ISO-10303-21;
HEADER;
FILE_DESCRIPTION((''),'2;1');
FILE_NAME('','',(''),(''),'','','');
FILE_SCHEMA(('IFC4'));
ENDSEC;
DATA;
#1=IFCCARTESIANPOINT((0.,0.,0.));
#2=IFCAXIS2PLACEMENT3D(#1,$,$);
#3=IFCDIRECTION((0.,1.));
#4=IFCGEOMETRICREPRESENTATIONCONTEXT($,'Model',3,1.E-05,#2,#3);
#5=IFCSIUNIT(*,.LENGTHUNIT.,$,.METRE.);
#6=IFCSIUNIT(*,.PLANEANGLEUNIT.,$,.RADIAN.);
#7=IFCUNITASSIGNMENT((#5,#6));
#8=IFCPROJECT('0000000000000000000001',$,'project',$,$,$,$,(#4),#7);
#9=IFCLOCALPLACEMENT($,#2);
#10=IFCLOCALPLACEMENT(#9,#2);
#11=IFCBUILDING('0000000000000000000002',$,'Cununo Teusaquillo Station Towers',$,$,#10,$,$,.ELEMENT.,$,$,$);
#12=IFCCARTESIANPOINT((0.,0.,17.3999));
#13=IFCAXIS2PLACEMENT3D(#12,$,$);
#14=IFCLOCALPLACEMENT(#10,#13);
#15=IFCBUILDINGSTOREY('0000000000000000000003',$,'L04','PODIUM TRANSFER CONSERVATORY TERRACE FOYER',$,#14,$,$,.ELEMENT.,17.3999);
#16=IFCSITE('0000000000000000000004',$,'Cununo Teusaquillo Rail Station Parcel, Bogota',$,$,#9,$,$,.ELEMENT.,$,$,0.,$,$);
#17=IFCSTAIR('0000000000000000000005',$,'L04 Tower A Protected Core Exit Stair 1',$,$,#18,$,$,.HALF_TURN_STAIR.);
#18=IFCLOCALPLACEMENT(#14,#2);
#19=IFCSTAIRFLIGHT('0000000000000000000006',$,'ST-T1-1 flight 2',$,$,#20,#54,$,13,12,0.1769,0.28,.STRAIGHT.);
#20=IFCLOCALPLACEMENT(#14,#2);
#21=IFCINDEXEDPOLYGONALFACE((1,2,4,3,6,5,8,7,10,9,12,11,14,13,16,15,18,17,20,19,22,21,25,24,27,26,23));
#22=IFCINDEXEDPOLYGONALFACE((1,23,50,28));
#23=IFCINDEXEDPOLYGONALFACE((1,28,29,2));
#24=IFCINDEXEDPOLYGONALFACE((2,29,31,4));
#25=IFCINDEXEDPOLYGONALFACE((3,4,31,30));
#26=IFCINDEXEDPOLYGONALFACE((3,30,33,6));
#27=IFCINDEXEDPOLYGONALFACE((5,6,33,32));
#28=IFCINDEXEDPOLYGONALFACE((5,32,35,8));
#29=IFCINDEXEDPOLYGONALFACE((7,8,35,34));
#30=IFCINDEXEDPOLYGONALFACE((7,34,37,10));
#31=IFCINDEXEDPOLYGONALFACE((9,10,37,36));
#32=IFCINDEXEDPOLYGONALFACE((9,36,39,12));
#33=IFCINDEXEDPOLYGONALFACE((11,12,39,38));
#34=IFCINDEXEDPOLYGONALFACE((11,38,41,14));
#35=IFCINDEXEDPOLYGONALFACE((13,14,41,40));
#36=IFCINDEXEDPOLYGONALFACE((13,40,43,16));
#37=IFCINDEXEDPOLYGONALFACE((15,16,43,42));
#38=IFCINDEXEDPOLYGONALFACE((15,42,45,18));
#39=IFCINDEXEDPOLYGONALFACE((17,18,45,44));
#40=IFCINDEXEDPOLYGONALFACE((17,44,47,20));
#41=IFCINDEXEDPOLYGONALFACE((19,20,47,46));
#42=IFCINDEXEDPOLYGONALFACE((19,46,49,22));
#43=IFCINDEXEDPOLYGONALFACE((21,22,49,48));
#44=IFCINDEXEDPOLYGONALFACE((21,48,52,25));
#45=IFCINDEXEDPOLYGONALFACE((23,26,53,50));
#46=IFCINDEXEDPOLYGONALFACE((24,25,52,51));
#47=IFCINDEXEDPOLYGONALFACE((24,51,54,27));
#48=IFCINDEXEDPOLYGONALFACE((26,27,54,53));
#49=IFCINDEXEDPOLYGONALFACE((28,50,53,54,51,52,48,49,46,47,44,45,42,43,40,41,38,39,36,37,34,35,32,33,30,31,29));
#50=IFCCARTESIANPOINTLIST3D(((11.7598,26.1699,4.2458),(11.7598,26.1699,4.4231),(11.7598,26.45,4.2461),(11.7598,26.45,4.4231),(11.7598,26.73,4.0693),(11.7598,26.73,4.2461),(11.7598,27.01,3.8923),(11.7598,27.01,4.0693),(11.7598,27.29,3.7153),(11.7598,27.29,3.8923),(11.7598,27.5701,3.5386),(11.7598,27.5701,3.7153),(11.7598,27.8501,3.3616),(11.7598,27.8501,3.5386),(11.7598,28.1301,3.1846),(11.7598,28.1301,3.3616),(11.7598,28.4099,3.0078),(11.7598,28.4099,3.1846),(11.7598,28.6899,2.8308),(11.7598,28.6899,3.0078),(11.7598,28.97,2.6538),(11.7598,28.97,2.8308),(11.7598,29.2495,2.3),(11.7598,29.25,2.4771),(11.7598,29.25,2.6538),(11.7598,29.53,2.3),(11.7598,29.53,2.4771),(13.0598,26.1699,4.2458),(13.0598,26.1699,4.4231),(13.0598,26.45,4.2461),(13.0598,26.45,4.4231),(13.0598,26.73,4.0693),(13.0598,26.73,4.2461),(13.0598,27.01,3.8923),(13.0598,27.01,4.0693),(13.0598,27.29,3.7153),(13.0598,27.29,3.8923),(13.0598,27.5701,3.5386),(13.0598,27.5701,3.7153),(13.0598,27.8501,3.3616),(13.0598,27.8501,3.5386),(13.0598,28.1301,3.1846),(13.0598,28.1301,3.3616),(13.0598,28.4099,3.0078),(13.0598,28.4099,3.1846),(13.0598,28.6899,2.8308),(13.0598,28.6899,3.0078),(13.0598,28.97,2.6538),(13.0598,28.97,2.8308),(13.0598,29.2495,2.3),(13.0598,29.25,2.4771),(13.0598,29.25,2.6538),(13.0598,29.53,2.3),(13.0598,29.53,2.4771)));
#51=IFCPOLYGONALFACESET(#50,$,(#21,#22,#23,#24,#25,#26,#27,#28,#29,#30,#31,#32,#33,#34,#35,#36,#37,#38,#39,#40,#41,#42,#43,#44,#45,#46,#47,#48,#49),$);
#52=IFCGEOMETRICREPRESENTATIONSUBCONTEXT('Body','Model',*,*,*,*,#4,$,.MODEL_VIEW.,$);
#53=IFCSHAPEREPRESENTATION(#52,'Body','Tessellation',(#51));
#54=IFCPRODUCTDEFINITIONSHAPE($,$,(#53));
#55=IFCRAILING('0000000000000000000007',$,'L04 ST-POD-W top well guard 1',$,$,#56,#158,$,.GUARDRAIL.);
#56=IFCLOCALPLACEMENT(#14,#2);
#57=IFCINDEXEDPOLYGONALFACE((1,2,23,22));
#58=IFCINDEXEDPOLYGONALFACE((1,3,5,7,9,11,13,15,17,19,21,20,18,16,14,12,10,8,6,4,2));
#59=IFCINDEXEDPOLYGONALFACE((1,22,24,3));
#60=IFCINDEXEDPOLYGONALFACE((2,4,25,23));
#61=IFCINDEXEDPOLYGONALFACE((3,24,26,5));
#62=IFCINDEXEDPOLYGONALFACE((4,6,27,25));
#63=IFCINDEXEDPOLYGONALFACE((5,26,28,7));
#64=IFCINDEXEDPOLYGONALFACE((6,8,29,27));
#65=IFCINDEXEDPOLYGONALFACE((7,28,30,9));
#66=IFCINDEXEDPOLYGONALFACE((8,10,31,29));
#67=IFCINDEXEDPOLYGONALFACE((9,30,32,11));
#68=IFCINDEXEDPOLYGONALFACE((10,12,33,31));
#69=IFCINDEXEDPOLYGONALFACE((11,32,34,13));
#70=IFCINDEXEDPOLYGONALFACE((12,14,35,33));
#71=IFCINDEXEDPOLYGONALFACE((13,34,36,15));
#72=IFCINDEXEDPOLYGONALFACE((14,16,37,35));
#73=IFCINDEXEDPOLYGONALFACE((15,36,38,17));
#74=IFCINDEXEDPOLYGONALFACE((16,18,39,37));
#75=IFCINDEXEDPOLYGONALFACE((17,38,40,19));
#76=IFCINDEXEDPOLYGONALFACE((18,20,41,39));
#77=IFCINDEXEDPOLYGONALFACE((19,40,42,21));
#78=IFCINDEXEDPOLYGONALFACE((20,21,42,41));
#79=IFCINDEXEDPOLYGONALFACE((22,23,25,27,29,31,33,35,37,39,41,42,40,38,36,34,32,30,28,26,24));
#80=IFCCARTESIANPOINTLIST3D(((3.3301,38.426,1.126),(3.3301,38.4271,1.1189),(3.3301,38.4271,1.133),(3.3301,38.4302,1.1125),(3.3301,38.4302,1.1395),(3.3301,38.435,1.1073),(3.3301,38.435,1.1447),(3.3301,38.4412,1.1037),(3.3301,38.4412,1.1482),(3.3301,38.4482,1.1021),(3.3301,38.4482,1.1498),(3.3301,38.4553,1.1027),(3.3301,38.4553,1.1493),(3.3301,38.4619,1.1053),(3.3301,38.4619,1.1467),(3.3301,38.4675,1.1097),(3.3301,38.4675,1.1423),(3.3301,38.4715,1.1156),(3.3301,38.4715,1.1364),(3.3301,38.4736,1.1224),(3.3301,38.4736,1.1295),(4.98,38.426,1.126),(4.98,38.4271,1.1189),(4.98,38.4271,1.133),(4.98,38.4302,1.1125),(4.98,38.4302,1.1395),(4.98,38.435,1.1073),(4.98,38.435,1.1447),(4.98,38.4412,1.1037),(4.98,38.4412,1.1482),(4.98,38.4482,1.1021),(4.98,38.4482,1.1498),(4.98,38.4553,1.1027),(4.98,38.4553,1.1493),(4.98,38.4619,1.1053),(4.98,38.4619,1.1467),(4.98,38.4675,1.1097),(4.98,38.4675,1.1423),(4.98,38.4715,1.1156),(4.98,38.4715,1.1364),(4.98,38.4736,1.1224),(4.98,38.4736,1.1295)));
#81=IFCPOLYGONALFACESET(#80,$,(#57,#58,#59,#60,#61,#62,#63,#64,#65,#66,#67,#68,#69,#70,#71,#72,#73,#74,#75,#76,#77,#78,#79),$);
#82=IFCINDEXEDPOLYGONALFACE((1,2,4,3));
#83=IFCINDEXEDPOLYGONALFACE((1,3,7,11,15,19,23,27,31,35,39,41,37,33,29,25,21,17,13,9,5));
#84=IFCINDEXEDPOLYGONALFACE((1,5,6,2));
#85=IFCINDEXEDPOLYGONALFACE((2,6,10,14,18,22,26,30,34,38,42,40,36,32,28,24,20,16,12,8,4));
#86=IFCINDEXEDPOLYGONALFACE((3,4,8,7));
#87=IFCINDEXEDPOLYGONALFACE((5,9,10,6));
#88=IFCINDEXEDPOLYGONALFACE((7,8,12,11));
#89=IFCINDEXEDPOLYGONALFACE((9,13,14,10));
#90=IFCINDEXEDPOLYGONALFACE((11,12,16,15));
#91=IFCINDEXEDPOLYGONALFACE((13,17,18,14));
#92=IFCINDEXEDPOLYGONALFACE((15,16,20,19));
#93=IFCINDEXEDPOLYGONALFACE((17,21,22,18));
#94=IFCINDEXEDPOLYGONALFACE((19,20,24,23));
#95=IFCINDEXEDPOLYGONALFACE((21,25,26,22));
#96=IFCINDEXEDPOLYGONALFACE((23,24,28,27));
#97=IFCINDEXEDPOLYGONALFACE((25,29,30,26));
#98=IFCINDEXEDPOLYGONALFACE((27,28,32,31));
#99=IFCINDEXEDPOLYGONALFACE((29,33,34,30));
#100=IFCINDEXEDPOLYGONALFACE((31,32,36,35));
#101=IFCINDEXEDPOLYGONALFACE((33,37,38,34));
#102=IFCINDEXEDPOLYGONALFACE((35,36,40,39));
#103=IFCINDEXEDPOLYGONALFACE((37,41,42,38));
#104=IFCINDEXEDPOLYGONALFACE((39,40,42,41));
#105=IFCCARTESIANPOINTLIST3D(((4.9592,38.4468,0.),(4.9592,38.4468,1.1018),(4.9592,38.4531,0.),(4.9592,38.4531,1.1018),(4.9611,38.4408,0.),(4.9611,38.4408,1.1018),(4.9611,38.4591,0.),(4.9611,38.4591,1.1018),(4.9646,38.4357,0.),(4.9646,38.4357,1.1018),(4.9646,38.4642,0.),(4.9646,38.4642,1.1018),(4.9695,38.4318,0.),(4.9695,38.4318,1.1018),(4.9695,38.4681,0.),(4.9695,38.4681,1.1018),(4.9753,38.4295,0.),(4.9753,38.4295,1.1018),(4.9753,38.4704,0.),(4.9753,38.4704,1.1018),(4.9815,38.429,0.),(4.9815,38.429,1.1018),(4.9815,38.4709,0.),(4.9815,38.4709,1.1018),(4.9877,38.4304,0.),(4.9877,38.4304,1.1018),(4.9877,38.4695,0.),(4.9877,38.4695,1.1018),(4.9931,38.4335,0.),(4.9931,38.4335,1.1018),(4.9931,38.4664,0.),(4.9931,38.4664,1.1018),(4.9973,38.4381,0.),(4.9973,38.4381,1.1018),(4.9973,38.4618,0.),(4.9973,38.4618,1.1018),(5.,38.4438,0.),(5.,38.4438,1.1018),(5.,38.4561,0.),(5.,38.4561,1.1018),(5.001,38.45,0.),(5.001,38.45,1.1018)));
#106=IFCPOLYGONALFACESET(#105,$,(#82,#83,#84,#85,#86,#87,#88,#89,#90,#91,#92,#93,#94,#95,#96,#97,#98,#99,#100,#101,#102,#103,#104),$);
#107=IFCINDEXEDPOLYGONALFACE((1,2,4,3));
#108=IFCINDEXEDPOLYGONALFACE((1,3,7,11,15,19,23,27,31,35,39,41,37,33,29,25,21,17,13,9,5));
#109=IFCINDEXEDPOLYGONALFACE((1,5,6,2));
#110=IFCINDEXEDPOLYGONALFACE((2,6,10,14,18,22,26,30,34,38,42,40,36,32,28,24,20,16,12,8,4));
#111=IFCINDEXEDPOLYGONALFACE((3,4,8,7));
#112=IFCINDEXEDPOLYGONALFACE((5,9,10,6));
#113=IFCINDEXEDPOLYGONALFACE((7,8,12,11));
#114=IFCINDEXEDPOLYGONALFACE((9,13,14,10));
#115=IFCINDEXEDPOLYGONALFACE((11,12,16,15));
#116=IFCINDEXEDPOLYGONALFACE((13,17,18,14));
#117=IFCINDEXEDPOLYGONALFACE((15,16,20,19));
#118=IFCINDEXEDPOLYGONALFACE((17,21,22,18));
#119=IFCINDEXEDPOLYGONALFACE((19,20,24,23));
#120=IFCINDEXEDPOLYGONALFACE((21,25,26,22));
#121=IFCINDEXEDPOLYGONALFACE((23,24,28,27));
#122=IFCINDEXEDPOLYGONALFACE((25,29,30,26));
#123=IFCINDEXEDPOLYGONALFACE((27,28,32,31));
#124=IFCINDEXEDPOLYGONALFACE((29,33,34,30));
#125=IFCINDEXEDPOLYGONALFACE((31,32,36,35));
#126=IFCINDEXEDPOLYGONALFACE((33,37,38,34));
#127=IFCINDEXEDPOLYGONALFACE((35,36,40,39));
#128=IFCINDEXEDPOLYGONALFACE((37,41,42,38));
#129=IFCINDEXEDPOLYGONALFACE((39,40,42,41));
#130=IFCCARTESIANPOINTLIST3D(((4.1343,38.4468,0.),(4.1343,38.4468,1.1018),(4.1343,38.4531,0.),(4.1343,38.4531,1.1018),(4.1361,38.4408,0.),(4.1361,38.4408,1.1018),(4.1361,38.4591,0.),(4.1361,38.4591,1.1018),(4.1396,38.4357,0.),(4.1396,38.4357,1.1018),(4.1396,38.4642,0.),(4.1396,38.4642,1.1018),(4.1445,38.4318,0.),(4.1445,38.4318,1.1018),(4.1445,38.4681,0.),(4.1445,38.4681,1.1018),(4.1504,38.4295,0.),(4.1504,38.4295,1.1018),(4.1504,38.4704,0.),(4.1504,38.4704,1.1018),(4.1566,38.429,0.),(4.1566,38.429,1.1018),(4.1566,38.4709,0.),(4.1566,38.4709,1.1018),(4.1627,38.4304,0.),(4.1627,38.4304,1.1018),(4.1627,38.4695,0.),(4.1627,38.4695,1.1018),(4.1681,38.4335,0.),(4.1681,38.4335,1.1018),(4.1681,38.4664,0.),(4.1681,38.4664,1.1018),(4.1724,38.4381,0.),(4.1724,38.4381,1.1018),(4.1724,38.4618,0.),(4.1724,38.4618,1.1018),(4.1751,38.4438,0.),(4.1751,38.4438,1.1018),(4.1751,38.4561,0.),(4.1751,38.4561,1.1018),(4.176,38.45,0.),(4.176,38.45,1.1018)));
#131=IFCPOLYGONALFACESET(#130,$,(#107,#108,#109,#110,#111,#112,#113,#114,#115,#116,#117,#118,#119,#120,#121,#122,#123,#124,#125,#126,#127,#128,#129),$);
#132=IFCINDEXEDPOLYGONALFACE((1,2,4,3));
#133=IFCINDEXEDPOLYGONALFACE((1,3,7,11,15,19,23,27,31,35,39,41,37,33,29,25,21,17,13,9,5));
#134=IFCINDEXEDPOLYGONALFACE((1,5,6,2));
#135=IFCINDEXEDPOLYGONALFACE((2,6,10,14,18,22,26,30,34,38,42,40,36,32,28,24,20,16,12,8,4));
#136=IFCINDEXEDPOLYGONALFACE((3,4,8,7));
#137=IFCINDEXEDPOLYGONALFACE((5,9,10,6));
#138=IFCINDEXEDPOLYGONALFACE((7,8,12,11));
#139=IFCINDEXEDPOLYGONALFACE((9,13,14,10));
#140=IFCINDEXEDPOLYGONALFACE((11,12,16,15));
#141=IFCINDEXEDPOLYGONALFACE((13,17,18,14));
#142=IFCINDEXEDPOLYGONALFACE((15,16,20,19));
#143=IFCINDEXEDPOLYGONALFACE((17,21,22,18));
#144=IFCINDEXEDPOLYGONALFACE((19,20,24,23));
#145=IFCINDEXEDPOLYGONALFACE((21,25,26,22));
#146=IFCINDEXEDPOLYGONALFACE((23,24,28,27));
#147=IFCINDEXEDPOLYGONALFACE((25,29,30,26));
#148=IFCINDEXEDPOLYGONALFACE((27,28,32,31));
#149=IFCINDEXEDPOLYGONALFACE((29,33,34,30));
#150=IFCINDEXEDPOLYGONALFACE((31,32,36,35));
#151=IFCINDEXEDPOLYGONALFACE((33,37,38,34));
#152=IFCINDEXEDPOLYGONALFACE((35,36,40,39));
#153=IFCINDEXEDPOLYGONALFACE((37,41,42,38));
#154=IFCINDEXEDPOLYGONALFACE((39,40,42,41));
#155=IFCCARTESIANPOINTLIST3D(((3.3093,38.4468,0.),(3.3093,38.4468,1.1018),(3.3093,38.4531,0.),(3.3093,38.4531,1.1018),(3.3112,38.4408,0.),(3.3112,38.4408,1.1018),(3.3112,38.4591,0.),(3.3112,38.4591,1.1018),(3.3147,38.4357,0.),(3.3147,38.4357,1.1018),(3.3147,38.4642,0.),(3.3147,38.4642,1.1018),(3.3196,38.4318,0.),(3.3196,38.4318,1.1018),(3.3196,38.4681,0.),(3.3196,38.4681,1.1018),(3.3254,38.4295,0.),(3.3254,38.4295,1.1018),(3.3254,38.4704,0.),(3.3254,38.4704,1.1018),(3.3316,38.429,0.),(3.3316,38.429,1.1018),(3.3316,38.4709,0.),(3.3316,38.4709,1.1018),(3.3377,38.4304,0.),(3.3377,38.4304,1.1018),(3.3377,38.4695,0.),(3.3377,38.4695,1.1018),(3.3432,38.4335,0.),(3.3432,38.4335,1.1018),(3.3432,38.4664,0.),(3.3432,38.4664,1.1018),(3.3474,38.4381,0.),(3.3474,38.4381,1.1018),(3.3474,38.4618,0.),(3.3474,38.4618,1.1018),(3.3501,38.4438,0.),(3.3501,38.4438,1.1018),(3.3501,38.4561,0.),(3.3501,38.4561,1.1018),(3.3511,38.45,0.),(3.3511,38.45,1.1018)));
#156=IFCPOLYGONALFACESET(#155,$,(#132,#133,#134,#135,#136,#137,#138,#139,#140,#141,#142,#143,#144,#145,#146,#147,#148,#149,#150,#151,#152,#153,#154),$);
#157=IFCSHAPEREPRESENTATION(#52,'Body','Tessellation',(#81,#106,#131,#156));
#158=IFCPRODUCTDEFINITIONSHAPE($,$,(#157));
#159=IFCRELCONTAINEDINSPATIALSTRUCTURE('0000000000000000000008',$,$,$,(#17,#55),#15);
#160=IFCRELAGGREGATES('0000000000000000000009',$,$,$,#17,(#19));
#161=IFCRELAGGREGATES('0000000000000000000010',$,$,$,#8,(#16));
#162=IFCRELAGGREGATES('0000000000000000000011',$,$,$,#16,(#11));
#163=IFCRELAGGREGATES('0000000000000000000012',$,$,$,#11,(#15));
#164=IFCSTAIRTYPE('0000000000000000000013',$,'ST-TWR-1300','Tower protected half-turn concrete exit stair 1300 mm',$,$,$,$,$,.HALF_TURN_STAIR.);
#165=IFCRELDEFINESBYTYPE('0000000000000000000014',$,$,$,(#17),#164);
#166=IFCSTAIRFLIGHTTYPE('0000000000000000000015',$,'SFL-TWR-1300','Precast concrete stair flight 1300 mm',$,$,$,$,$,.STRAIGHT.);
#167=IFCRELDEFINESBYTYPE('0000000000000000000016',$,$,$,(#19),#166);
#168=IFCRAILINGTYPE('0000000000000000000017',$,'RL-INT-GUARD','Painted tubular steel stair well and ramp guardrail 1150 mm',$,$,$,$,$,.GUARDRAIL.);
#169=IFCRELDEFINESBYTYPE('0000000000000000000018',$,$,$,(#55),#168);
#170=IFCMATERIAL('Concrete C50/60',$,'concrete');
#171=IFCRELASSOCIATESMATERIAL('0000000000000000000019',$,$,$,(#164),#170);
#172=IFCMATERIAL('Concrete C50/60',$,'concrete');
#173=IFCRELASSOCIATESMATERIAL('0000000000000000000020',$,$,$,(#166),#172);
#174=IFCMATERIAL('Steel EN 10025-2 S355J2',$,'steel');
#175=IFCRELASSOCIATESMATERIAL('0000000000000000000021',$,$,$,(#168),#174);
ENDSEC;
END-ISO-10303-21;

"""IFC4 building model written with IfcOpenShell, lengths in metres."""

from ifc_helpers import new_model, si_unit, direction, frame, origin, origin_2d, place, context, subcontext, project, spatial, polyline, circle, outline, extrude, material, type_object, element, aggregate, save


model = new_model("IFC4")

# Units and contexts
model_context = context("Model", 3, precision=1e-05, world=origin(), true_north=direction((0.0, 1.0)))
body_context = subcontext(model_context, "Body", "Model", "MODEL_VIEW")
ifc_project = project(units=[si_unit("LENGTHUNIT", "METRE"), si_unit("PLANEANGLEUNIT", "RADIAN")], contexts=[model_context])

# Site, building, storey
site_placement = place(None, origin())
site = spatial("IfcSite", under=ifc_project, at=site_placement, Name="Cununo Teusaquillo Rail Station Parcel, Bogota", CompositionType="ELEMENT", RefElevation=0.0)
building_placement = place(site_placement, origin())
building = spatial("IfcBuilding", under=site, at=building_placement, Name="Cununo Teusaquillo Station Towers", CompositionType="ELEMENT")
storey_placement = place(building_placement, frame((0.0, 0.0, 17.3999)))
storey = spatial("IfcBuildingStorey", under=building, at=storey_placement, Name="L04", Description="PODIUM TRANSFER CONSERVATORY TERRACE FOYER", CompositionType="ELEMENT", Elevation=17.3999)

# Stair, stair flight
ifc_material_1 = material(Name="Concrete C50/60", Category="concrete")
stair_type = type_object("IfcStairType", Name="ST-TWR-1300", Description="Tower protected half-turn concrete exit stair 1300 mm", PredefinedType="HALF_TURN_STAIR", material=ifc_material_1)
stair_placement = place(storey_placement, origin())
stair = element("IfcStair", 1, at=stair_placement, inside=storey, type_object=stair_type, Name="L04 Tower A Protected Core Exit Stair 1", PredefinedType="HALF_TURN_STAIR")
ifc_material_2 = material(Name="Concrete C50/60", Category="concrete")
stair_flight_type = type_object("IfcStairFlightType", Name="SFL-TWR-1300", Description="Precast concrete stair flight 1300 mm", PredefinedType="STRAIGHT", material=ifc_material_2)
stair_flight_placement = place(storey_placement, frame((12.4099, 29.53, 2.3), z_axis=(0.0, 0.0, 1.0), x_axis=(0.0, -1.0, 0.0)))
stair_flight = element("IfcStairFlight", 2, at=stair_flight_placement, type_object=stair_flight_type, Name="ST-T1-1 flight 2", NumberOfRisers=13, NumberOfTreads=12, PredefinedType="STRAIGHT", RiserHeight=0.1769, TreadLength=0.28, context=body_context, shape_type="SweptSolid", body=[
    extrude(outline(polyline([(0.0, 0.0), (0.0, 0.177), (0.28, 0.177), (0.28, 0.3538), (0.5601, 0.3538), (0.5601, 0.5308), (0.8401, 0.5308), (0.8401, 0.7078), (1.1201, 0.7078), (1.1201, 0.8845), (1.3999, 0.8845), (1.3999, 1.0615), (1.6799, 1.0615), (1.6799, 1.2385), (1.96, 1.2385), (1.96, 1.4153), (2.24, 1.4153), (2.24, 1.5923), (2.52, 1.5923), (2.52, 1.7693), (2.8, 1.7693), (2.8, 1.946), (3.0801, 1.946), (3.0801, 2.123), (3.3601, 2.123), (3.3601, 2.3), (3.3601, 1.9458), (0.2805, 0.0), (0.0, 0.0)])), frame((0.0, 0.6499, 0.0), z_axis=(0.0, -1.0, 0.0), x_axis=(1.0, 0.0, 0.0)), (0.0, 0.0, 1.0), 1.3),
])
aggregate(stair, [stair_flight])

# Railing
ifc_material_3 = material(Name="Steel EN 10025-2 S355J2", Category="steel")
railing_type_1 = type_object("IfcRailingType", Name="RL-INT-GUARD", Description="Painted tubular steel stair well and ramp guardrail 1150 mm", PredefinedType="GUARDRAIL", material=ifc_material_3)
railing_1_placement = place(storey_placement, frame((4.98, 38.45, 0.0)))
element("IfcRailing", 3, at=railing_1_placement, inside=storey, type_object=railing_type_1, Name="L04 ST-POD-W top well guard 1", PredefinedType="GUARDRAIL", context=body_context, shape_type="SweptSolid", body=[
    extrude(circle(Radius=0.0239, at=origin_2d()), frame((0.0, 0.0, 1.126), z_axis=(-1.0, 0.0, 0.0), x_axis=(0.0, -1.0, 0.0)), (0.0, 0.0, 1.0), 1.6499),
    extrude(circle(Radius=0.021, at=origin_2d()), origin(), (0.0, 0.0, 1.0), 1.1018),
    extrude(circle(Radius=0.021, at=origin_2d()), frame((-0.825, 0.0, 0.0)), (0.0, 0.0, 1.0), 1.1018),
    extrude(circle(Radius=0.021, at=origin_2d()), frame((-1.6499, 0.0, 0.0)), (0.0, 0.0, 1.0), 1.1018),
])

save(model, "model.ifc")
